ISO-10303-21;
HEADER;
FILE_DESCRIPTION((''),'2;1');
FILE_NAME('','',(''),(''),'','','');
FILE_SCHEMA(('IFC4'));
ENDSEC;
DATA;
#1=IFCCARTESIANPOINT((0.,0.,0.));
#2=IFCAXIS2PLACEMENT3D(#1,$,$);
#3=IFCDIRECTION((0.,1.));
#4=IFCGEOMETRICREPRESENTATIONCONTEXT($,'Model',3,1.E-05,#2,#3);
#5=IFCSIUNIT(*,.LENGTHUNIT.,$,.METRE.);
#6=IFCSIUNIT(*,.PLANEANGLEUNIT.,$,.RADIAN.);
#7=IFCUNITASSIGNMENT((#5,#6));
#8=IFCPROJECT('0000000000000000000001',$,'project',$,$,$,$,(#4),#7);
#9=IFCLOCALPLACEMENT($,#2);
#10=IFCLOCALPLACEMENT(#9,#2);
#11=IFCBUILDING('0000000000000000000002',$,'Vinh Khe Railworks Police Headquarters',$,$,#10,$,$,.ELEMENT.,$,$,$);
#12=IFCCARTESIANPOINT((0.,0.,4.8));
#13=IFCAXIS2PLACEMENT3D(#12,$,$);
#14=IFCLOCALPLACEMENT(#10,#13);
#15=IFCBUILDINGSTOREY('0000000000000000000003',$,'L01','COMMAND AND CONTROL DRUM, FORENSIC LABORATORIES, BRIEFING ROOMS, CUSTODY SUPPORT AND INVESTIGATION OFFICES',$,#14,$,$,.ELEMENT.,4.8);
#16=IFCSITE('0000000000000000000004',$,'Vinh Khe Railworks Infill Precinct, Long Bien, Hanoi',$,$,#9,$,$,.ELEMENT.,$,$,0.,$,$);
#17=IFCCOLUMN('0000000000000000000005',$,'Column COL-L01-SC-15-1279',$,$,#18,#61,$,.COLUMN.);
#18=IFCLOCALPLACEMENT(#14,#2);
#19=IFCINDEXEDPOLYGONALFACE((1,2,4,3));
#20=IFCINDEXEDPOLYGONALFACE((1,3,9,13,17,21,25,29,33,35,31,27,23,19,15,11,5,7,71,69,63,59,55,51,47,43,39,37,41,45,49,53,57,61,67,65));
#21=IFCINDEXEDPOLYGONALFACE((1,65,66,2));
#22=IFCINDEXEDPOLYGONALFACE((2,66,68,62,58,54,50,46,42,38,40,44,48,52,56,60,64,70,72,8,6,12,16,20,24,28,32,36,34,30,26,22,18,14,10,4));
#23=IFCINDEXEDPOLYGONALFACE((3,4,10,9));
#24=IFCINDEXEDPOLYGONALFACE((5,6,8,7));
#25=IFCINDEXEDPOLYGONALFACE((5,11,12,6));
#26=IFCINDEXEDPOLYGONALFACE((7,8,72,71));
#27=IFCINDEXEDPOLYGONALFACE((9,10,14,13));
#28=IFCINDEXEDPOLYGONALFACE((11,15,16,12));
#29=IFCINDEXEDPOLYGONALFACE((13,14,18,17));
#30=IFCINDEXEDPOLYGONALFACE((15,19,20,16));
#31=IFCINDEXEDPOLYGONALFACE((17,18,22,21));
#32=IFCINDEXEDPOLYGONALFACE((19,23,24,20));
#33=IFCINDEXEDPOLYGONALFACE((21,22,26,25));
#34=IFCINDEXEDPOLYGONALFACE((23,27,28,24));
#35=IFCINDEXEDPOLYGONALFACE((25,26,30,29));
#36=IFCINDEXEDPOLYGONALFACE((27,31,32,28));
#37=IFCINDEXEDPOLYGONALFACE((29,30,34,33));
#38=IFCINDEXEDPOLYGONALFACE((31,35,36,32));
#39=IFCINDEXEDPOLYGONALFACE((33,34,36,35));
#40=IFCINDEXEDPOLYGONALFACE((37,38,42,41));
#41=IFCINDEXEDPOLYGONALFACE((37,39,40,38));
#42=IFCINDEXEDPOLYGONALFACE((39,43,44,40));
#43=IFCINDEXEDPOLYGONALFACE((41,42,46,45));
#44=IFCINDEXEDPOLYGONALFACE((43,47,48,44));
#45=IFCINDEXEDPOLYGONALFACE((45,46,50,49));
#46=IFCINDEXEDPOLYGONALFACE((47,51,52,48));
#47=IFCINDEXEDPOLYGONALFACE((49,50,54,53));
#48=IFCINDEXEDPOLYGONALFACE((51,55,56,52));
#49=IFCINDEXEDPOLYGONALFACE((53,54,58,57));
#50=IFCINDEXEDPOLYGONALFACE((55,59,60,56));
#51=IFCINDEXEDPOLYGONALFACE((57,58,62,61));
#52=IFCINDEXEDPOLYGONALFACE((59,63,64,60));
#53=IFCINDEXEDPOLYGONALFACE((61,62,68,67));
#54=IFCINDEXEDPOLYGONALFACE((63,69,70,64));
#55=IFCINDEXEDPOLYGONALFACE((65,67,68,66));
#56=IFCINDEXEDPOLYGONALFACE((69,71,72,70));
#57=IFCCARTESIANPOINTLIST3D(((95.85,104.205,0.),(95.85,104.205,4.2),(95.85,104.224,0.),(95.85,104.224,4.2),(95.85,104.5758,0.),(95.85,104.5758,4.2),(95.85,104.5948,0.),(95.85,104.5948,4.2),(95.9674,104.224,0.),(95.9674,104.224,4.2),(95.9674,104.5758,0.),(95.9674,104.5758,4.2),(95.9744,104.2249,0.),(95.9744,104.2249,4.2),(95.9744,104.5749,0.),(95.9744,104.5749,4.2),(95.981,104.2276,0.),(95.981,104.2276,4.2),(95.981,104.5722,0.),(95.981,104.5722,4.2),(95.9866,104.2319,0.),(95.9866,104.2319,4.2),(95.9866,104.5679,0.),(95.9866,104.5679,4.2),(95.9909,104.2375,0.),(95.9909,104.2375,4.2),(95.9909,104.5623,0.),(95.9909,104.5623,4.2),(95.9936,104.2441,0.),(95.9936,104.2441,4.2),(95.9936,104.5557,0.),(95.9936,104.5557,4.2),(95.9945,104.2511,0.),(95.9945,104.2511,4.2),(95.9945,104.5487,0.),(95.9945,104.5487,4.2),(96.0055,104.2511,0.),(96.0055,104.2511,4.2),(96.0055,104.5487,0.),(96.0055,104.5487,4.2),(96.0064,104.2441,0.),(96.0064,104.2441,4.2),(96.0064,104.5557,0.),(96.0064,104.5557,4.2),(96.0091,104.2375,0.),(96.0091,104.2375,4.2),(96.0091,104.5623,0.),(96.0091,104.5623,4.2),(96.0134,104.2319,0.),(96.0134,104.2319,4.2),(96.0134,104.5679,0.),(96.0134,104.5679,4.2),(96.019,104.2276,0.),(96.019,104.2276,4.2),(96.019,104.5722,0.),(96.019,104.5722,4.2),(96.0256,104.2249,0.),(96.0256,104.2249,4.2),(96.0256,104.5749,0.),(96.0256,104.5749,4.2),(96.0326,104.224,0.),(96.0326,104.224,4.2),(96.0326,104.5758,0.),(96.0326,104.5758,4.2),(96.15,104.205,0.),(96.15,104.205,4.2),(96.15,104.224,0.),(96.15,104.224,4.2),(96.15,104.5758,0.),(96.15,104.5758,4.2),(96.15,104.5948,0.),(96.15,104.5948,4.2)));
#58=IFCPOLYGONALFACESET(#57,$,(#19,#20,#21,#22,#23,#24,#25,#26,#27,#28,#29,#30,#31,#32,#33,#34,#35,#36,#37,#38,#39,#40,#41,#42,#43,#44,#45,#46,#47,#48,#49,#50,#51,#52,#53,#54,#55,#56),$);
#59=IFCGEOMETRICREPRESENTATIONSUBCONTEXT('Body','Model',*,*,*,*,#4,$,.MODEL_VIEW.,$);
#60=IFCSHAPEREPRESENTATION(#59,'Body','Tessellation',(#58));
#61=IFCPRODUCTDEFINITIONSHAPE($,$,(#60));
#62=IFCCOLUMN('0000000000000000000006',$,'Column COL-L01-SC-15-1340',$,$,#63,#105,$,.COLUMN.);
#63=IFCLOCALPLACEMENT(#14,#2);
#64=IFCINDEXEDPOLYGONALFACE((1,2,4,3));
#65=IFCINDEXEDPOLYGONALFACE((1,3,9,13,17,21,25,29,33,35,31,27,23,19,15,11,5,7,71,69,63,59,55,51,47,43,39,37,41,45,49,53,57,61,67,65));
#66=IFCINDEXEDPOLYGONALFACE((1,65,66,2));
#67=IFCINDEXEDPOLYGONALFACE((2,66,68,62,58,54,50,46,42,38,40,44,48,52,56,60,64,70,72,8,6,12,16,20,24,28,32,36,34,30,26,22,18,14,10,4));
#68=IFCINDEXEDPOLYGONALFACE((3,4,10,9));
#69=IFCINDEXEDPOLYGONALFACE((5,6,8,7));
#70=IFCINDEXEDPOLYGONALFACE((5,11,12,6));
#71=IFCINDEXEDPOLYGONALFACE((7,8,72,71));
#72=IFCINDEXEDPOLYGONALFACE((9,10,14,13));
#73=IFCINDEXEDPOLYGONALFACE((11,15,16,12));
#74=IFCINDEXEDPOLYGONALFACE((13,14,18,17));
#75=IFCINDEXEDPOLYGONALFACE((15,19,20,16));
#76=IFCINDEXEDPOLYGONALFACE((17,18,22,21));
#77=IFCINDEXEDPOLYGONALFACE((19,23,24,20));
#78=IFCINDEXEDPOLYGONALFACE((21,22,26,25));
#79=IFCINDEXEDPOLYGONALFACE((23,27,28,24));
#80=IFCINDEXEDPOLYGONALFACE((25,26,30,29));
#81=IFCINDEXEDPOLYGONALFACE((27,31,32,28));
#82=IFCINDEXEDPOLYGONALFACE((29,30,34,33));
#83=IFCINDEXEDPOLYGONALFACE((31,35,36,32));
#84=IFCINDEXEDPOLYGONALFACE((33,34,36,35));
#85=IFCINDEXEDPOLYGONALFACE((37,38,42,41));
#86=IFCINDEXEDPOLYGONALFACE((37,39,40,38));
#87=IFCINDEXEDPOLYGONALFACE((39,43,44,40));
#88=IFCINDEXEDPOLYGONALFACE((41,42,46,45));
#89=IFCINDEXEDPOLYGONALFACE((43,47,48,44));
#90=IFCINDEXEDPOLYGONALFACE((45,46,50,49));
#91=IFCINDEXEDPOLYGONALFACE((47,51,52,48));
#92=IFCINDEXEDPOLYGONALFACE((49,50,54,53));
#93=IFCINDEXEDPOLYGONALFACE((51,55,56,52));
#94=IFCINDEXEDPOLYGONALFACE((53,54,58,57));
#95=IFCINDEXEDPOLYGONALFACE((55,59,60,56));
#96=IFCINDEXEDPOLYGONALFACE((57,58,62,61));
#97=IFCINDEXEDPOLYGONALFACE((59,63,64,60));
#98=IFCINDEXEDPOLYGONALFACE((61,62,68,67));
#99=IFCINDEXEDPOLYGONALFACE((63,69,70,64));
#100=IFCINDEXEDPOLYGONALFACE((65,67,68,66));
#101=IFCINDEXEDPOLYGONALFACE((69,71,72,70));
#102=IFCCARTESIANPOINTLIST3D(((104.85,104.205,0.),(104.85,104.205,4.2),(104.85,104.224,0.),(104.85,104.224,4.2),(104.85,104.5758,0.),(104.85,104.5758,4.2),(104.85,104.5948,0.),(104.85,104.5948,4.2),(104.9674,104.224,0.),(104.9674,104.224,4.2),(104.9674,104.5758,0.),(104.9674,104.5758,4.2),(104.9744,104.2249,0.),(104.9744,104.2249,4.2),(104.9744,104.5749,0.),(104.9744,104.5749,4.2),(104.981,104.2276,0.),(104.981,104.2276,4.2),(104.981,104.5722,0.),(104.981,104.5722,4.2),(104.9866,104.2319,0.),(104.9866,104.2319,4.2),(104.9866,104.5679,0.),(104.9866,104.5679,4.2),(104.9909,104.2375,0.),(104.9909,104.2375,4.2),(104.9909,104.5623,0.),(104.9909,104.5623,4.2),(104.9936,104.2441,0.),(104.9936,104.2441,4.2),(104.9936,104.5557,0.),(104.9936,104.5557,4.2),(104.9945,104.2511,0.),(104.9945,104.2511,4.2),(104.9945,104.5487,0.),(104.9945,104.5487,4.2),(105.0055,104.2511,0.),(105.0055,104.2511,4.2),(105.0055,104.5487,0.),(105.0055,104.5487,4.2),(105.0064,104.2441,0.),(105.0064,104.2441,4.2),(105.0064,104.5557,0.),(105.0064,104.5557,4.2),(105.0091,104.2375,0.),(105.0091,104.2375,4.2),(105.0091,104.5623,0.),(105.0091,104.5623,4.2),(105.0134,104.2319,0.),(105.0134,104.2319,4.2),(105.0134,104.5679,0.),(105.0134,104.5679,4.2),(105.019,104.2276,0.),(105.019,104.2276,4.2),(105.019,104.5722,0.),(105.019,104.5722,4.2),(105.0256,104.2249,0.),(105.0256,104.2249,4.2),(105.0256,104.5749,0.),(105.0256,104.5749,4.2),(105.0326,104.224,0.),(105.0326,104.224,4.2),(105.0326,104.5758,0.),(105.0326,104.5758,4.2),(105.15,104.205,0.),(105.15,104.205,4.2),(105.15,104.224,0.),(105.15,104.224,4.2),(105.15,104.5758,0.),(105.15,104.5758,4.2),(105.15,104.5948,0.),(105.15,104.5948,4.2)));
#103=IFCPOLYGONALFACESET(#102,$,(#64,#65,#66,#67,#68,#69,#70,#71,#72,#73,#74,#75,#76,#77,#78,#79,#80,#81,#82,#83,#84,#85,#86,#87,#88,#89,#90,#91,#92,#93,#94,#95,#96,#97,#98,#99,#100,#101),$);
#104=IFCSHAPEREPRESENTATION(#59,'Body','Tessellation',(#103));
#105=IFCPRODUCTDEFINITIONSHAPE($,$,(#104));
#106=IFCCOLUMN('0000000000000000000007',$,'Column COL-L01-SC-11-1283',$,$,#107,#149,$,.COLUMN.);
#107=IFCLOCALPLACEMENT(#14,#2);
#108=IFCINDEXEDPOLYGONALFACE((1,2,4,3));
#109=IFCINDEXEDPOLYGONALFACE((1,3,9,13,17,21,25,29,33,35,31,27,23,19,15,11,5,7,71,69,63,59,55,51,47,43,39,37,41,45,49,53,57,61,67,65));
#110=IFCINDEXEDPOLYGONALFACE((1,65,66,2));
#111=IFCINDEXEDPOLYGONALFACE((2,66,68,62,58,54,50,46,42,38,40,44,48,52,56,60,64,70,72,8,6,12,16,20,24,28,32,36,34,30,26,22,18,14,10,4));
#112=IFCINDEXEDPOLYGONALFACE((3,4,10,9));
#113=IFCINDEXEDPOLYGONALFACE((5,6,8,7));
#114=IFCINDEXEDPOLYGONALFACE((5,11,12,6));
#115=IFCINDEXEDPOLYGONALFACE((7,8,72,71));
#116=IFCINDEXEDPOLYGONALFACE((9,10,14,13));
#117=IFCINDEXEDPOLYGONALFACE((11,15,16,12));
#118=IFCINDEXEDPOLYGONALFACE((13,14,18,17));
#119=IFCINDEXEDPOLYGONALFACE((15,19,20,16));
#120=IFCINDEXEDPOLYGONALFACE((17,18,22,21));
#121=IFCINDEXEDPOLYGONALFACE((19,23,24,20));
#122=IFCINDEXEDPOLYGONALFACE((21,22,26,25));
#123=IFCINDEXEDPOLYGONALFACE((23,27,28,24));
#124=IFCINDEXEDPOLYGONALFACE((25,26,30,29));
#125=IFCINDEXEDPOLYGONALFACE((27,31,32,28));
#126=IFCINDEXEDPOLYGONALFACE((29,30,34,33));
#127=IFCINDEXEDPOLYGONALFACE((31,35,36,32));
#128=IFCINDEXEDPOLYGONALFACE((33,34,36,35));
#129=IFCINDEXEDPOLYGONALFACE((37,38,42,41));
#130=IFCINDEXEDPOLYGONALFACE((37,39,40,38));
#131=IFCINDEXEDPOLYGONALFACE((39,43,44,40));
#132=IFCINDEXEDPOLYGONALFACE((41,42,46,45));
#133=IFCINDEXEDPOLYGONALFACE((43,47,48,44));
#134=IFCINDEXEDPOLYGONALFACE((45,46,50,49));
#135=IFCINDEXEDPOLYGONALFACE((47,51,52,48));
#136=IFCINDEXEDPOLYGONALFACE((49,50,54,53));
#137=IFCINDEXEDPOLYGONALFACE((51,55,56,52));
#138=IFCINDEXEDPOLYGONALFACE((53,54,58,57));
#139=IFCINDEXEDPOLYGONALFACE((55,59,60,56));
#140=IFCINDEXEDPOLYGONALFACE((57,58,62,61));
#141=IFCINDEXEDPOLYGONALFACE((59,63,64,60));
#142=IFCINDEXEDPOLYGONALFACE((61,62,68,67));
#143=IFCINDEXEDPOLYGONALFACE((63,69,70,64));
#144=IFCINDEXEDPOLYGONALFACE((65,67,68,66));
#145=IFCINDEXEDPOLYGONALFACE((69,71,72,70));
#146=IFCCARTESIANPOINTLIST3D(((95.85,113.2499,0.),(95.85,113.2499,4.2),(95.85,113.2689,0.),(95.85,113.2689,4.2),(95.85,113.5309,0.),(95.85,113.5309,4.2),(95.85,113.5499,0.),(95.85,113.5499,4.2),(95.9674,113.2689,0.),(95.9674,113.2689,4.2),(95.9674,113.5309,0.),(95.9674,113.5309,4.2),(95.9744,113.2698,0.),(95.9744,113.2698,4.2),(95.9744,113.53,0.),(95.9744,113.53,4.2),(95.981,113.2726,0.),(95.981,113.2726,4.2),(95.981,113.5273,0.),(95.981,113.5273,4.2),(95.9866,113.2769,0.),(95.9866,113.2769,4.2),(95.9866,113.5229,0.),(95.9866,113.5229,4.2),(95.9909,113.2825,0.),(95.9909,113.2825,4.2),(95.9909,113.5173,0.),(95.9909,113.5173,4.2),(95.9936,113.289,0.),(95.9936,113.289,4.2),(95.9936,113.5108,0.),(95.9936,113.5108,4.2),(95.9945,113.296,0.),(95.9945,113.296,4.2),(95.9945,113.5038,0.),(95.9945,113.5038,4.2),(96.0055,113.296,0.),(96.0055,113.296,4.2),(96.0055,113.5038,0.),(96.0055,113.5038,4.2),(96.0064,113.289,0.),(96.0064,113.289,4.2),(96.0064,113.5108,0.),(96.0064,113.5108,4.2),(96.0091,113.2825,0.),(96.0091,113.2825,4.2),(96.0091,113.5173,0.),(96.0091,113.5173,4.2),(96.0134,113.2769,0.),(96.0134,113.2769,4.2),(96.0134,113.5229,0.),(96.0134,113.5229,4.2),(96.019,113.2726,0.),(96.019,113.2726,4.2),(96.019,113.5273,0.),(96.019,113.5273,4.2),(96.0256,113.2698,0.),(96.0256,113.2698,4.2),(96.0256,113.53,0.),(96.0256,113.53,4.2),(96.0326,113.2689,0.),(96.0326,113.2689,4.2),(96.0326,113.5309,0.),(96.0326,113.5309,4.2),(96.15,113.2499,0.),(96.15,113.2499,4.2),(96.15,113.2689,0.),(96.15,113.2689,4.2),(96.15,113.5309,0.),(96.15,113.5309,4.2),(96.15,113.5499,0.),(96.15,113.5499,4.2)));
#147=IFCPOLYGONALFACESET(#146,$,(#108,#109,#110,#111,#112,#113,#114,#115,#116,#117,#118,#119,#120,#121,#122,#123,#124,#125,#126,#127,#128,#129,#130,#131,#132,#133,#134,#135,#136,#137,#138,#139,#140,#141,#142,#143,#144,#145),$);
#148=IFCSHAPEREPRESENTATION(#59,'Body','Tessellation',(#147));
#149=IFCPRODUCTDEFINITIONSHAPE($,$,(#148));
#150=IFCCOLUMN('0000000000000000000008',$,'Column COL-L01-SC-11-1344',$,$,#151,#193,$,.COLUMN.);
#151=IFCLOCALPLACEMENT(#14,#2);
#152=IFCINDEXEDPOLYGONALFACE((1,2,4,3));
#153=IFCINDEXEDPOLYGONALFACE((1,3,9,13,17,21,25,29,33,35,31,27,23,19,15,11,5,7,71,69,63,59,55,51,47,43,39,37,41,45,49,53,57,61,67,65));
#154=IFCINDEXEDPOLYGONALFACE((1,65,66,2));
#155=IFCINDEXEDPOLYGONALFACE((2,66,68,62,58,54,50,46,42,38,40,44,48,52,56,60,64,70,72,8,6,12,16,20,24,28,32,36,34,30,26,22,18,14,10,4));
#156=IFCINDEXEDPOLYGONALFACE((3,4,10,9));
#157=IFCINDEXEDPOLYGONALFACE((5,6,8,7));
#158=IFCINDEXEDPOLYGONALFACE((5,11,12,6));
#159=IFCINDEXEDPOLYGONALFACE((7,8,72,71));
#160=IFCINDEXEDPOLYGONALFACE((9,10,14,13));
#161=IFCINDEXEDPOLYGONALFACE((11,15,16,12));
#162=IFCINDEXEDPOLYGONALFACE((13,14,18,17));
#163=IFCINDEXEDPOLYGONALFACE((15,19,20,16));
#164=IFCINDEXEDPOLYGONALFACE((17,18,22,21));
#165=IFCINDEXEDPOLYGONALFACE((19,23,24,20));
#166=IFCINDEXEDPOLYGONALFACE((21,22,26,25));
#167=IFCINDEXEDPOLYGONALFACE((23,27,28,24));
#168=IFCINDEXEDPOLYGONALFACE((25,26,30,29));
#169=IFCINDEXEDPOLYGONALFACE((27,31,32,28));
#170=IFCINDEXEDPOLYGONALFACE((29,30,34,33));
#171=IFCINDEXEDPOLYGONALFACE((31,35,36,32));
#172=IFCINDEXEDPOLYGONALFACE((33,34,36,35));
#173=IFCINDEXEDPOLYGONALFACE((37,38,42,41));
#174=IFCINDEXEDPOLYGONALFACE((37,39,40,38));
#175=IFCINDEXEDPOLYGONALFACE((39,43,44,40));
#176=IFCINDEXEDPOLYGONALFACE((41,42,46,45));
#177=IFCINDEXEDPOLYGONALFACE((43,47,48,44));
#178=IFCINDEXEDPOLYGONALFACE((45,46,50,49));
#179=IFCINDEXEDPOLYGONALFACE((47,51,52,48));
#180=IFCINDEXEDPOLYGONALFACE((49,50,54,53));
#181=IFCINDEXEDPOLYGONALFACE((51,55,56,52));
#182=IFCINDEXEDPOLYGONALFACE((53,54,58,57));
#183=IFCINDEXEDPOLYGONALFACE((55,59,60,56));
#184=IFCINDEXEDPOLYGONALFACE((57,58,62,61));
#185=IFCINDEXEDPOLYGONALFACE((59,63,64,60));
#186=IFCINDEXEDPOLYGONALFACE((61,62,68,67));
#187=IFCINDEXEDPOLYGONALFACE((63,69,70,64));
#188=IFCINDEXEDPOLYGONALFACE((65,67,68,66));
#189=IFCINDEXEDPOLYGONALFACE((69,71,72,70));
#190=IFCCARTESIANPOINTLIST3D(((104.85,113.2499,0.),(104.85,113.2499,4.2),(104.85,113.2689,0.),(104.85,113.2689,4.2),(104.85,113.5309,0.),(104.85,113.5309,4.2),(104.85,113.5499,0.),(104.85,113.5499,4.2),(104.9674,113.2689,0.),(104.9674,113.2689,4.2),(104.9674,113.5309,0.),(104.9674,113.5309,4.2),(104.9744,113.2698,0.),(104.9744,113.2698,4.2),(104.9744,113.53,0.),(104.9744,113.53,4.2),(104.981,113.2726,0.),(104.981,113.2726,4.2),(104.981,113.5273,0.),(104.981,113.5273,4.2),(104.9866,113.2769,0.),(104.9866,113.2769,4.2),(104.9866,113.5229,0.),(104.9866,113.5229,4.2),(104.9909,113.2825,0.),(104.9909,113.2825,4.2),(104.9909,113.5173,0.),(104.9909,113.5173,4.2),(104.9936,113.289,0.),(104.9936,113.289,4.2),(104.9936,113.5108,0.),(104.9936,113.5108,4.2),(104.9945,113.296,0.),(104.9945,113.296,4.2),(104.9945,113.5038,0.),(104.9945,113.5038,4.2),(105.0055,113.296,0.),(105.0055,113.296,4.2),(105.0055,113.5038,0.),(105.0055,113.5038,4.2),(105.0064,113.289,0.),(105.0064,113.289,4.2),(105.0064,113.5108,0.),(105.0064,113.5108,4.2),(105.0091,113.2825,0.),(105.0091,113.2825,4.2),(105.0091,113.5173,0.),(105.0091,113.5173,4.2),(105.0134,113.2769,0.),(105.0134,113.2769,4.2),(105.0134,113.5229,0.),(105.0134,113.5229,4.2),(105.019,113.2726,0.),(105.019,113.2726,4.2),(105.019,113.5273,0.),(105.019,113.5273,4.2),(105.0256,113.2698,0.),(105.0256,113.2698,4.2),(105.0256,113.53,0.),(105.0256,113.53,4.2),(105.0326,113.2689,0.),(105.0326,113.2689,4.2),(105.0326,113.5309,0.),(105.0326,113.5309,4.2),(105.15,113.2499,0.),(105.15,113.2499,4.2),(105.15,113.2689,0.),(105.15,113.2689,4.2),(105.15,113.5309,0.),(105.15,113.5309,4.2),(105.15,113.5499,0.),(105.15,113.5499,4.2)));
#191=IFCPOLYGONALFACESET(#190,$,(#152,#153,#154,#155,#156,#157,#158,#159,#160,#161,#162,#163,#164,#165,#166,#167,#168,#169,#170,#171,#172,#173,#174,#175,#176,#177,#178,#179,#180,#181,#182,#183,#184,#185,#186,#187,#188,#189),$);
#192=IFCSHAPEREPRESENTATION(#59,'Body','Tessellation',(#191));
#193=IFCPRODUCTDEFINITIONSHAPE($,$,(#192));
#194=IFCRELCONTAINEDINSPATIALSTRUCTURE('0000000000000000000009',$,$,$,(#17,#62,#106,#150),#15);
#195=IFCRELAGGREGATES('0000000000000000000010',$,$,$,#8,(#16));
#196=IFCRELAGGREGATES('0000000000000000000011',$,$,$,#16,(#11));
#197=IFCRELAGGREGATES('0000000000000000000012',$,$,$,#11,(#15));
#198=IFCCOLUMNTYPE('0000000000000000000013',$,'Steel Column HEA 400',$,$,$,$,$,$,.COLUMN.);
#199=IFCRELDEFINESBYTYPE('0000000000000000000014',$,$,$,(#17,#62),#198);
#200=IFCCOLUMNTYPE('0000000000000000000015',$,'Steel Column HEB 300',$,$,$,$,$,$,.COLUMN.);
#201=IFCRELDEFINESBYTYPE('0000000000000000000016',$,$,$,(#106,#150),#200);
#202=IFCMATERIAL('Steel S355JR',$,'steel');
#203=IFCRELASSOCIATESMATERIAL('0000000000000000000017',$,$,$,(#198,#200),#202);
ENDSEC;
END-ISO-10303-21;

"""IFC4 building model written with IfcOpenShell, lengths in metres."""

from ifc_helpers import new_model, si_unit, direction, frame, origin, origin_2d, place, context, subcontext, project, spatial, i_section, extrude, material, material_profile, profile_set, type_object, element, save


model = new_model("IFC4")

# Units and contexts
model_context = context("Model", 3, precision=1e-05, world=origin(), true_north=direction((0.0, 1.0)))
body_context = subcontext(model_context, "Body", "Model", "MODEL_VIEW")
ifc_project = project(units=[si_unit("LENGTHUNIT", "METRE"), si_unit("PLANEANGLEUNIT", "RADIAN")], contexts=[model_context])

# Site, building, storey
site_placement = place(None, origin())
site = spatial("IfcSite", under=ifc_project, at=site_placement, Name="Vinh Khe Railworks Infill Precinct, Long Bien, Hanoi", CompositionType="ELEMENT", RefElevation=0.0)
building_placement = place(site_placement, origin())
building = spatial("IfcBuilding", under=site, at=building_placement, Name="Vinh Khe Railworks Police Headquarters", CompositionType="ELEMENT")
storey_placement = place(building_placement, frame((0.0, 0.0, 4.8)))
storey = spatial("IfcBuildingStorey", under=building, at=storey_placement, Name="L01", Description="COMMAND AND CONTROL DRUM, FORENSIC LABORATORIES, BRIEFING ROOMS, CUSTODY SUPPORT AND INVESTIGATION OFFICES", CompositionType="ELEMENT", Elevation=4.8)

# Columns
ifc_material_1 = material(Name="Steel S355JR", Category="steel")
ifc_material_profile_1 = material_profile(ifc_material_1, i_section(OverallWidth=0.3, OverallDepth=0.3899, WebThickness=0.011, FlangeThickness=0.019, FilletRadius=0.0271, at=origin_2d()), Name="HEA 400")
ifc_profile_set_1 = profile_set([ifc_material_profile_1], Name="Steel S355JR")
column_type_1 = type_object("IfcColumnType", Name="Steel Column HEA 400", PredefinedType="COLUMN", material=ifc_profile_set_1)
for number, where, z_axis, x_axis, name in (
    (1, (96.0, 104.3999, 0.0), (0.0, 0.0, 1.0), (1.0, 0.0, 0.0), "Column COL-L01-SC-15-1279"),
    (2, (105.0, 104.3999, 0.0), (0.0, 0.0, 1.0), (1.0, 0.0, 0.0), "Column COL-L01-SC-15-1340"),
):
    element("IfcColumn", number, at=place(storey_placement, frame(where, z_axis=z_axis, x_axis=x_axis)), inside=storey, type_object=column_type_1, Name=name, PredefinedType="COLUMN", context=body_context, shape_type="SweptSolid", body=[
        extrude(i_section(OverallWidth=0.3, OverallDepth=0.3899, WebThickness=0.011, FlangeThickness=0.019, FilletRadius=0.0271, at=origin_2d()), origin(), (0.0, 0.0, 1.0), 4.2),
    ])
ifc_material_profile_2 = material_profile(ifc_material_1, i_section(OverallWidth=0.3, OverallDepth=0.3, WebThickness=0.011, FlangeThickness=0.019, FilletRadius=0.0271, at=origin_2d()), Name="HEB 300")
ifc_profile_set_2 = profile_set([ifc_material_profile_2], Name="Steel S355JR")
column_type_2 = type_object("IfcColumnType", Name="Steel Column HEB 300", PredefinedType="COLUMN", material=ifc_profile_set_2)
for number, where, z_axis, x_axis, name in (
    (3, (96.0, 113.3999, 0.0), (0.0, 0.0, 1.0), (1.0, 0.0, 0.0), "Column COL-L01-SC-11-1283"),
    (4, (105.0, 113.3999, 0.0), (0.0, 0.0, 1.0), (1.0, 0.0, 0.0), "Column COL-L01-SC-11-1344"),
):
    element("IfcColumn", number, at=place(storey_placement, frame(where, z_axis=z_axis, x_axis=x_axis)), inside=storey, type_object=column_type_2, Name=name, PredefinedType="COLUMN", context=body_context, shape_type="SweptSolid", body=[
        extrude(i_section(OverallWidth=0.3, OverallDepth=0.3, WebThickness=0.011, FlangeThickness=0.019, FilletRadius=0.0271, at=origin_2d()), origin(), (0.0, 0.0, 1.0), 4.2),
    ])

save(model, "model.ifc")
